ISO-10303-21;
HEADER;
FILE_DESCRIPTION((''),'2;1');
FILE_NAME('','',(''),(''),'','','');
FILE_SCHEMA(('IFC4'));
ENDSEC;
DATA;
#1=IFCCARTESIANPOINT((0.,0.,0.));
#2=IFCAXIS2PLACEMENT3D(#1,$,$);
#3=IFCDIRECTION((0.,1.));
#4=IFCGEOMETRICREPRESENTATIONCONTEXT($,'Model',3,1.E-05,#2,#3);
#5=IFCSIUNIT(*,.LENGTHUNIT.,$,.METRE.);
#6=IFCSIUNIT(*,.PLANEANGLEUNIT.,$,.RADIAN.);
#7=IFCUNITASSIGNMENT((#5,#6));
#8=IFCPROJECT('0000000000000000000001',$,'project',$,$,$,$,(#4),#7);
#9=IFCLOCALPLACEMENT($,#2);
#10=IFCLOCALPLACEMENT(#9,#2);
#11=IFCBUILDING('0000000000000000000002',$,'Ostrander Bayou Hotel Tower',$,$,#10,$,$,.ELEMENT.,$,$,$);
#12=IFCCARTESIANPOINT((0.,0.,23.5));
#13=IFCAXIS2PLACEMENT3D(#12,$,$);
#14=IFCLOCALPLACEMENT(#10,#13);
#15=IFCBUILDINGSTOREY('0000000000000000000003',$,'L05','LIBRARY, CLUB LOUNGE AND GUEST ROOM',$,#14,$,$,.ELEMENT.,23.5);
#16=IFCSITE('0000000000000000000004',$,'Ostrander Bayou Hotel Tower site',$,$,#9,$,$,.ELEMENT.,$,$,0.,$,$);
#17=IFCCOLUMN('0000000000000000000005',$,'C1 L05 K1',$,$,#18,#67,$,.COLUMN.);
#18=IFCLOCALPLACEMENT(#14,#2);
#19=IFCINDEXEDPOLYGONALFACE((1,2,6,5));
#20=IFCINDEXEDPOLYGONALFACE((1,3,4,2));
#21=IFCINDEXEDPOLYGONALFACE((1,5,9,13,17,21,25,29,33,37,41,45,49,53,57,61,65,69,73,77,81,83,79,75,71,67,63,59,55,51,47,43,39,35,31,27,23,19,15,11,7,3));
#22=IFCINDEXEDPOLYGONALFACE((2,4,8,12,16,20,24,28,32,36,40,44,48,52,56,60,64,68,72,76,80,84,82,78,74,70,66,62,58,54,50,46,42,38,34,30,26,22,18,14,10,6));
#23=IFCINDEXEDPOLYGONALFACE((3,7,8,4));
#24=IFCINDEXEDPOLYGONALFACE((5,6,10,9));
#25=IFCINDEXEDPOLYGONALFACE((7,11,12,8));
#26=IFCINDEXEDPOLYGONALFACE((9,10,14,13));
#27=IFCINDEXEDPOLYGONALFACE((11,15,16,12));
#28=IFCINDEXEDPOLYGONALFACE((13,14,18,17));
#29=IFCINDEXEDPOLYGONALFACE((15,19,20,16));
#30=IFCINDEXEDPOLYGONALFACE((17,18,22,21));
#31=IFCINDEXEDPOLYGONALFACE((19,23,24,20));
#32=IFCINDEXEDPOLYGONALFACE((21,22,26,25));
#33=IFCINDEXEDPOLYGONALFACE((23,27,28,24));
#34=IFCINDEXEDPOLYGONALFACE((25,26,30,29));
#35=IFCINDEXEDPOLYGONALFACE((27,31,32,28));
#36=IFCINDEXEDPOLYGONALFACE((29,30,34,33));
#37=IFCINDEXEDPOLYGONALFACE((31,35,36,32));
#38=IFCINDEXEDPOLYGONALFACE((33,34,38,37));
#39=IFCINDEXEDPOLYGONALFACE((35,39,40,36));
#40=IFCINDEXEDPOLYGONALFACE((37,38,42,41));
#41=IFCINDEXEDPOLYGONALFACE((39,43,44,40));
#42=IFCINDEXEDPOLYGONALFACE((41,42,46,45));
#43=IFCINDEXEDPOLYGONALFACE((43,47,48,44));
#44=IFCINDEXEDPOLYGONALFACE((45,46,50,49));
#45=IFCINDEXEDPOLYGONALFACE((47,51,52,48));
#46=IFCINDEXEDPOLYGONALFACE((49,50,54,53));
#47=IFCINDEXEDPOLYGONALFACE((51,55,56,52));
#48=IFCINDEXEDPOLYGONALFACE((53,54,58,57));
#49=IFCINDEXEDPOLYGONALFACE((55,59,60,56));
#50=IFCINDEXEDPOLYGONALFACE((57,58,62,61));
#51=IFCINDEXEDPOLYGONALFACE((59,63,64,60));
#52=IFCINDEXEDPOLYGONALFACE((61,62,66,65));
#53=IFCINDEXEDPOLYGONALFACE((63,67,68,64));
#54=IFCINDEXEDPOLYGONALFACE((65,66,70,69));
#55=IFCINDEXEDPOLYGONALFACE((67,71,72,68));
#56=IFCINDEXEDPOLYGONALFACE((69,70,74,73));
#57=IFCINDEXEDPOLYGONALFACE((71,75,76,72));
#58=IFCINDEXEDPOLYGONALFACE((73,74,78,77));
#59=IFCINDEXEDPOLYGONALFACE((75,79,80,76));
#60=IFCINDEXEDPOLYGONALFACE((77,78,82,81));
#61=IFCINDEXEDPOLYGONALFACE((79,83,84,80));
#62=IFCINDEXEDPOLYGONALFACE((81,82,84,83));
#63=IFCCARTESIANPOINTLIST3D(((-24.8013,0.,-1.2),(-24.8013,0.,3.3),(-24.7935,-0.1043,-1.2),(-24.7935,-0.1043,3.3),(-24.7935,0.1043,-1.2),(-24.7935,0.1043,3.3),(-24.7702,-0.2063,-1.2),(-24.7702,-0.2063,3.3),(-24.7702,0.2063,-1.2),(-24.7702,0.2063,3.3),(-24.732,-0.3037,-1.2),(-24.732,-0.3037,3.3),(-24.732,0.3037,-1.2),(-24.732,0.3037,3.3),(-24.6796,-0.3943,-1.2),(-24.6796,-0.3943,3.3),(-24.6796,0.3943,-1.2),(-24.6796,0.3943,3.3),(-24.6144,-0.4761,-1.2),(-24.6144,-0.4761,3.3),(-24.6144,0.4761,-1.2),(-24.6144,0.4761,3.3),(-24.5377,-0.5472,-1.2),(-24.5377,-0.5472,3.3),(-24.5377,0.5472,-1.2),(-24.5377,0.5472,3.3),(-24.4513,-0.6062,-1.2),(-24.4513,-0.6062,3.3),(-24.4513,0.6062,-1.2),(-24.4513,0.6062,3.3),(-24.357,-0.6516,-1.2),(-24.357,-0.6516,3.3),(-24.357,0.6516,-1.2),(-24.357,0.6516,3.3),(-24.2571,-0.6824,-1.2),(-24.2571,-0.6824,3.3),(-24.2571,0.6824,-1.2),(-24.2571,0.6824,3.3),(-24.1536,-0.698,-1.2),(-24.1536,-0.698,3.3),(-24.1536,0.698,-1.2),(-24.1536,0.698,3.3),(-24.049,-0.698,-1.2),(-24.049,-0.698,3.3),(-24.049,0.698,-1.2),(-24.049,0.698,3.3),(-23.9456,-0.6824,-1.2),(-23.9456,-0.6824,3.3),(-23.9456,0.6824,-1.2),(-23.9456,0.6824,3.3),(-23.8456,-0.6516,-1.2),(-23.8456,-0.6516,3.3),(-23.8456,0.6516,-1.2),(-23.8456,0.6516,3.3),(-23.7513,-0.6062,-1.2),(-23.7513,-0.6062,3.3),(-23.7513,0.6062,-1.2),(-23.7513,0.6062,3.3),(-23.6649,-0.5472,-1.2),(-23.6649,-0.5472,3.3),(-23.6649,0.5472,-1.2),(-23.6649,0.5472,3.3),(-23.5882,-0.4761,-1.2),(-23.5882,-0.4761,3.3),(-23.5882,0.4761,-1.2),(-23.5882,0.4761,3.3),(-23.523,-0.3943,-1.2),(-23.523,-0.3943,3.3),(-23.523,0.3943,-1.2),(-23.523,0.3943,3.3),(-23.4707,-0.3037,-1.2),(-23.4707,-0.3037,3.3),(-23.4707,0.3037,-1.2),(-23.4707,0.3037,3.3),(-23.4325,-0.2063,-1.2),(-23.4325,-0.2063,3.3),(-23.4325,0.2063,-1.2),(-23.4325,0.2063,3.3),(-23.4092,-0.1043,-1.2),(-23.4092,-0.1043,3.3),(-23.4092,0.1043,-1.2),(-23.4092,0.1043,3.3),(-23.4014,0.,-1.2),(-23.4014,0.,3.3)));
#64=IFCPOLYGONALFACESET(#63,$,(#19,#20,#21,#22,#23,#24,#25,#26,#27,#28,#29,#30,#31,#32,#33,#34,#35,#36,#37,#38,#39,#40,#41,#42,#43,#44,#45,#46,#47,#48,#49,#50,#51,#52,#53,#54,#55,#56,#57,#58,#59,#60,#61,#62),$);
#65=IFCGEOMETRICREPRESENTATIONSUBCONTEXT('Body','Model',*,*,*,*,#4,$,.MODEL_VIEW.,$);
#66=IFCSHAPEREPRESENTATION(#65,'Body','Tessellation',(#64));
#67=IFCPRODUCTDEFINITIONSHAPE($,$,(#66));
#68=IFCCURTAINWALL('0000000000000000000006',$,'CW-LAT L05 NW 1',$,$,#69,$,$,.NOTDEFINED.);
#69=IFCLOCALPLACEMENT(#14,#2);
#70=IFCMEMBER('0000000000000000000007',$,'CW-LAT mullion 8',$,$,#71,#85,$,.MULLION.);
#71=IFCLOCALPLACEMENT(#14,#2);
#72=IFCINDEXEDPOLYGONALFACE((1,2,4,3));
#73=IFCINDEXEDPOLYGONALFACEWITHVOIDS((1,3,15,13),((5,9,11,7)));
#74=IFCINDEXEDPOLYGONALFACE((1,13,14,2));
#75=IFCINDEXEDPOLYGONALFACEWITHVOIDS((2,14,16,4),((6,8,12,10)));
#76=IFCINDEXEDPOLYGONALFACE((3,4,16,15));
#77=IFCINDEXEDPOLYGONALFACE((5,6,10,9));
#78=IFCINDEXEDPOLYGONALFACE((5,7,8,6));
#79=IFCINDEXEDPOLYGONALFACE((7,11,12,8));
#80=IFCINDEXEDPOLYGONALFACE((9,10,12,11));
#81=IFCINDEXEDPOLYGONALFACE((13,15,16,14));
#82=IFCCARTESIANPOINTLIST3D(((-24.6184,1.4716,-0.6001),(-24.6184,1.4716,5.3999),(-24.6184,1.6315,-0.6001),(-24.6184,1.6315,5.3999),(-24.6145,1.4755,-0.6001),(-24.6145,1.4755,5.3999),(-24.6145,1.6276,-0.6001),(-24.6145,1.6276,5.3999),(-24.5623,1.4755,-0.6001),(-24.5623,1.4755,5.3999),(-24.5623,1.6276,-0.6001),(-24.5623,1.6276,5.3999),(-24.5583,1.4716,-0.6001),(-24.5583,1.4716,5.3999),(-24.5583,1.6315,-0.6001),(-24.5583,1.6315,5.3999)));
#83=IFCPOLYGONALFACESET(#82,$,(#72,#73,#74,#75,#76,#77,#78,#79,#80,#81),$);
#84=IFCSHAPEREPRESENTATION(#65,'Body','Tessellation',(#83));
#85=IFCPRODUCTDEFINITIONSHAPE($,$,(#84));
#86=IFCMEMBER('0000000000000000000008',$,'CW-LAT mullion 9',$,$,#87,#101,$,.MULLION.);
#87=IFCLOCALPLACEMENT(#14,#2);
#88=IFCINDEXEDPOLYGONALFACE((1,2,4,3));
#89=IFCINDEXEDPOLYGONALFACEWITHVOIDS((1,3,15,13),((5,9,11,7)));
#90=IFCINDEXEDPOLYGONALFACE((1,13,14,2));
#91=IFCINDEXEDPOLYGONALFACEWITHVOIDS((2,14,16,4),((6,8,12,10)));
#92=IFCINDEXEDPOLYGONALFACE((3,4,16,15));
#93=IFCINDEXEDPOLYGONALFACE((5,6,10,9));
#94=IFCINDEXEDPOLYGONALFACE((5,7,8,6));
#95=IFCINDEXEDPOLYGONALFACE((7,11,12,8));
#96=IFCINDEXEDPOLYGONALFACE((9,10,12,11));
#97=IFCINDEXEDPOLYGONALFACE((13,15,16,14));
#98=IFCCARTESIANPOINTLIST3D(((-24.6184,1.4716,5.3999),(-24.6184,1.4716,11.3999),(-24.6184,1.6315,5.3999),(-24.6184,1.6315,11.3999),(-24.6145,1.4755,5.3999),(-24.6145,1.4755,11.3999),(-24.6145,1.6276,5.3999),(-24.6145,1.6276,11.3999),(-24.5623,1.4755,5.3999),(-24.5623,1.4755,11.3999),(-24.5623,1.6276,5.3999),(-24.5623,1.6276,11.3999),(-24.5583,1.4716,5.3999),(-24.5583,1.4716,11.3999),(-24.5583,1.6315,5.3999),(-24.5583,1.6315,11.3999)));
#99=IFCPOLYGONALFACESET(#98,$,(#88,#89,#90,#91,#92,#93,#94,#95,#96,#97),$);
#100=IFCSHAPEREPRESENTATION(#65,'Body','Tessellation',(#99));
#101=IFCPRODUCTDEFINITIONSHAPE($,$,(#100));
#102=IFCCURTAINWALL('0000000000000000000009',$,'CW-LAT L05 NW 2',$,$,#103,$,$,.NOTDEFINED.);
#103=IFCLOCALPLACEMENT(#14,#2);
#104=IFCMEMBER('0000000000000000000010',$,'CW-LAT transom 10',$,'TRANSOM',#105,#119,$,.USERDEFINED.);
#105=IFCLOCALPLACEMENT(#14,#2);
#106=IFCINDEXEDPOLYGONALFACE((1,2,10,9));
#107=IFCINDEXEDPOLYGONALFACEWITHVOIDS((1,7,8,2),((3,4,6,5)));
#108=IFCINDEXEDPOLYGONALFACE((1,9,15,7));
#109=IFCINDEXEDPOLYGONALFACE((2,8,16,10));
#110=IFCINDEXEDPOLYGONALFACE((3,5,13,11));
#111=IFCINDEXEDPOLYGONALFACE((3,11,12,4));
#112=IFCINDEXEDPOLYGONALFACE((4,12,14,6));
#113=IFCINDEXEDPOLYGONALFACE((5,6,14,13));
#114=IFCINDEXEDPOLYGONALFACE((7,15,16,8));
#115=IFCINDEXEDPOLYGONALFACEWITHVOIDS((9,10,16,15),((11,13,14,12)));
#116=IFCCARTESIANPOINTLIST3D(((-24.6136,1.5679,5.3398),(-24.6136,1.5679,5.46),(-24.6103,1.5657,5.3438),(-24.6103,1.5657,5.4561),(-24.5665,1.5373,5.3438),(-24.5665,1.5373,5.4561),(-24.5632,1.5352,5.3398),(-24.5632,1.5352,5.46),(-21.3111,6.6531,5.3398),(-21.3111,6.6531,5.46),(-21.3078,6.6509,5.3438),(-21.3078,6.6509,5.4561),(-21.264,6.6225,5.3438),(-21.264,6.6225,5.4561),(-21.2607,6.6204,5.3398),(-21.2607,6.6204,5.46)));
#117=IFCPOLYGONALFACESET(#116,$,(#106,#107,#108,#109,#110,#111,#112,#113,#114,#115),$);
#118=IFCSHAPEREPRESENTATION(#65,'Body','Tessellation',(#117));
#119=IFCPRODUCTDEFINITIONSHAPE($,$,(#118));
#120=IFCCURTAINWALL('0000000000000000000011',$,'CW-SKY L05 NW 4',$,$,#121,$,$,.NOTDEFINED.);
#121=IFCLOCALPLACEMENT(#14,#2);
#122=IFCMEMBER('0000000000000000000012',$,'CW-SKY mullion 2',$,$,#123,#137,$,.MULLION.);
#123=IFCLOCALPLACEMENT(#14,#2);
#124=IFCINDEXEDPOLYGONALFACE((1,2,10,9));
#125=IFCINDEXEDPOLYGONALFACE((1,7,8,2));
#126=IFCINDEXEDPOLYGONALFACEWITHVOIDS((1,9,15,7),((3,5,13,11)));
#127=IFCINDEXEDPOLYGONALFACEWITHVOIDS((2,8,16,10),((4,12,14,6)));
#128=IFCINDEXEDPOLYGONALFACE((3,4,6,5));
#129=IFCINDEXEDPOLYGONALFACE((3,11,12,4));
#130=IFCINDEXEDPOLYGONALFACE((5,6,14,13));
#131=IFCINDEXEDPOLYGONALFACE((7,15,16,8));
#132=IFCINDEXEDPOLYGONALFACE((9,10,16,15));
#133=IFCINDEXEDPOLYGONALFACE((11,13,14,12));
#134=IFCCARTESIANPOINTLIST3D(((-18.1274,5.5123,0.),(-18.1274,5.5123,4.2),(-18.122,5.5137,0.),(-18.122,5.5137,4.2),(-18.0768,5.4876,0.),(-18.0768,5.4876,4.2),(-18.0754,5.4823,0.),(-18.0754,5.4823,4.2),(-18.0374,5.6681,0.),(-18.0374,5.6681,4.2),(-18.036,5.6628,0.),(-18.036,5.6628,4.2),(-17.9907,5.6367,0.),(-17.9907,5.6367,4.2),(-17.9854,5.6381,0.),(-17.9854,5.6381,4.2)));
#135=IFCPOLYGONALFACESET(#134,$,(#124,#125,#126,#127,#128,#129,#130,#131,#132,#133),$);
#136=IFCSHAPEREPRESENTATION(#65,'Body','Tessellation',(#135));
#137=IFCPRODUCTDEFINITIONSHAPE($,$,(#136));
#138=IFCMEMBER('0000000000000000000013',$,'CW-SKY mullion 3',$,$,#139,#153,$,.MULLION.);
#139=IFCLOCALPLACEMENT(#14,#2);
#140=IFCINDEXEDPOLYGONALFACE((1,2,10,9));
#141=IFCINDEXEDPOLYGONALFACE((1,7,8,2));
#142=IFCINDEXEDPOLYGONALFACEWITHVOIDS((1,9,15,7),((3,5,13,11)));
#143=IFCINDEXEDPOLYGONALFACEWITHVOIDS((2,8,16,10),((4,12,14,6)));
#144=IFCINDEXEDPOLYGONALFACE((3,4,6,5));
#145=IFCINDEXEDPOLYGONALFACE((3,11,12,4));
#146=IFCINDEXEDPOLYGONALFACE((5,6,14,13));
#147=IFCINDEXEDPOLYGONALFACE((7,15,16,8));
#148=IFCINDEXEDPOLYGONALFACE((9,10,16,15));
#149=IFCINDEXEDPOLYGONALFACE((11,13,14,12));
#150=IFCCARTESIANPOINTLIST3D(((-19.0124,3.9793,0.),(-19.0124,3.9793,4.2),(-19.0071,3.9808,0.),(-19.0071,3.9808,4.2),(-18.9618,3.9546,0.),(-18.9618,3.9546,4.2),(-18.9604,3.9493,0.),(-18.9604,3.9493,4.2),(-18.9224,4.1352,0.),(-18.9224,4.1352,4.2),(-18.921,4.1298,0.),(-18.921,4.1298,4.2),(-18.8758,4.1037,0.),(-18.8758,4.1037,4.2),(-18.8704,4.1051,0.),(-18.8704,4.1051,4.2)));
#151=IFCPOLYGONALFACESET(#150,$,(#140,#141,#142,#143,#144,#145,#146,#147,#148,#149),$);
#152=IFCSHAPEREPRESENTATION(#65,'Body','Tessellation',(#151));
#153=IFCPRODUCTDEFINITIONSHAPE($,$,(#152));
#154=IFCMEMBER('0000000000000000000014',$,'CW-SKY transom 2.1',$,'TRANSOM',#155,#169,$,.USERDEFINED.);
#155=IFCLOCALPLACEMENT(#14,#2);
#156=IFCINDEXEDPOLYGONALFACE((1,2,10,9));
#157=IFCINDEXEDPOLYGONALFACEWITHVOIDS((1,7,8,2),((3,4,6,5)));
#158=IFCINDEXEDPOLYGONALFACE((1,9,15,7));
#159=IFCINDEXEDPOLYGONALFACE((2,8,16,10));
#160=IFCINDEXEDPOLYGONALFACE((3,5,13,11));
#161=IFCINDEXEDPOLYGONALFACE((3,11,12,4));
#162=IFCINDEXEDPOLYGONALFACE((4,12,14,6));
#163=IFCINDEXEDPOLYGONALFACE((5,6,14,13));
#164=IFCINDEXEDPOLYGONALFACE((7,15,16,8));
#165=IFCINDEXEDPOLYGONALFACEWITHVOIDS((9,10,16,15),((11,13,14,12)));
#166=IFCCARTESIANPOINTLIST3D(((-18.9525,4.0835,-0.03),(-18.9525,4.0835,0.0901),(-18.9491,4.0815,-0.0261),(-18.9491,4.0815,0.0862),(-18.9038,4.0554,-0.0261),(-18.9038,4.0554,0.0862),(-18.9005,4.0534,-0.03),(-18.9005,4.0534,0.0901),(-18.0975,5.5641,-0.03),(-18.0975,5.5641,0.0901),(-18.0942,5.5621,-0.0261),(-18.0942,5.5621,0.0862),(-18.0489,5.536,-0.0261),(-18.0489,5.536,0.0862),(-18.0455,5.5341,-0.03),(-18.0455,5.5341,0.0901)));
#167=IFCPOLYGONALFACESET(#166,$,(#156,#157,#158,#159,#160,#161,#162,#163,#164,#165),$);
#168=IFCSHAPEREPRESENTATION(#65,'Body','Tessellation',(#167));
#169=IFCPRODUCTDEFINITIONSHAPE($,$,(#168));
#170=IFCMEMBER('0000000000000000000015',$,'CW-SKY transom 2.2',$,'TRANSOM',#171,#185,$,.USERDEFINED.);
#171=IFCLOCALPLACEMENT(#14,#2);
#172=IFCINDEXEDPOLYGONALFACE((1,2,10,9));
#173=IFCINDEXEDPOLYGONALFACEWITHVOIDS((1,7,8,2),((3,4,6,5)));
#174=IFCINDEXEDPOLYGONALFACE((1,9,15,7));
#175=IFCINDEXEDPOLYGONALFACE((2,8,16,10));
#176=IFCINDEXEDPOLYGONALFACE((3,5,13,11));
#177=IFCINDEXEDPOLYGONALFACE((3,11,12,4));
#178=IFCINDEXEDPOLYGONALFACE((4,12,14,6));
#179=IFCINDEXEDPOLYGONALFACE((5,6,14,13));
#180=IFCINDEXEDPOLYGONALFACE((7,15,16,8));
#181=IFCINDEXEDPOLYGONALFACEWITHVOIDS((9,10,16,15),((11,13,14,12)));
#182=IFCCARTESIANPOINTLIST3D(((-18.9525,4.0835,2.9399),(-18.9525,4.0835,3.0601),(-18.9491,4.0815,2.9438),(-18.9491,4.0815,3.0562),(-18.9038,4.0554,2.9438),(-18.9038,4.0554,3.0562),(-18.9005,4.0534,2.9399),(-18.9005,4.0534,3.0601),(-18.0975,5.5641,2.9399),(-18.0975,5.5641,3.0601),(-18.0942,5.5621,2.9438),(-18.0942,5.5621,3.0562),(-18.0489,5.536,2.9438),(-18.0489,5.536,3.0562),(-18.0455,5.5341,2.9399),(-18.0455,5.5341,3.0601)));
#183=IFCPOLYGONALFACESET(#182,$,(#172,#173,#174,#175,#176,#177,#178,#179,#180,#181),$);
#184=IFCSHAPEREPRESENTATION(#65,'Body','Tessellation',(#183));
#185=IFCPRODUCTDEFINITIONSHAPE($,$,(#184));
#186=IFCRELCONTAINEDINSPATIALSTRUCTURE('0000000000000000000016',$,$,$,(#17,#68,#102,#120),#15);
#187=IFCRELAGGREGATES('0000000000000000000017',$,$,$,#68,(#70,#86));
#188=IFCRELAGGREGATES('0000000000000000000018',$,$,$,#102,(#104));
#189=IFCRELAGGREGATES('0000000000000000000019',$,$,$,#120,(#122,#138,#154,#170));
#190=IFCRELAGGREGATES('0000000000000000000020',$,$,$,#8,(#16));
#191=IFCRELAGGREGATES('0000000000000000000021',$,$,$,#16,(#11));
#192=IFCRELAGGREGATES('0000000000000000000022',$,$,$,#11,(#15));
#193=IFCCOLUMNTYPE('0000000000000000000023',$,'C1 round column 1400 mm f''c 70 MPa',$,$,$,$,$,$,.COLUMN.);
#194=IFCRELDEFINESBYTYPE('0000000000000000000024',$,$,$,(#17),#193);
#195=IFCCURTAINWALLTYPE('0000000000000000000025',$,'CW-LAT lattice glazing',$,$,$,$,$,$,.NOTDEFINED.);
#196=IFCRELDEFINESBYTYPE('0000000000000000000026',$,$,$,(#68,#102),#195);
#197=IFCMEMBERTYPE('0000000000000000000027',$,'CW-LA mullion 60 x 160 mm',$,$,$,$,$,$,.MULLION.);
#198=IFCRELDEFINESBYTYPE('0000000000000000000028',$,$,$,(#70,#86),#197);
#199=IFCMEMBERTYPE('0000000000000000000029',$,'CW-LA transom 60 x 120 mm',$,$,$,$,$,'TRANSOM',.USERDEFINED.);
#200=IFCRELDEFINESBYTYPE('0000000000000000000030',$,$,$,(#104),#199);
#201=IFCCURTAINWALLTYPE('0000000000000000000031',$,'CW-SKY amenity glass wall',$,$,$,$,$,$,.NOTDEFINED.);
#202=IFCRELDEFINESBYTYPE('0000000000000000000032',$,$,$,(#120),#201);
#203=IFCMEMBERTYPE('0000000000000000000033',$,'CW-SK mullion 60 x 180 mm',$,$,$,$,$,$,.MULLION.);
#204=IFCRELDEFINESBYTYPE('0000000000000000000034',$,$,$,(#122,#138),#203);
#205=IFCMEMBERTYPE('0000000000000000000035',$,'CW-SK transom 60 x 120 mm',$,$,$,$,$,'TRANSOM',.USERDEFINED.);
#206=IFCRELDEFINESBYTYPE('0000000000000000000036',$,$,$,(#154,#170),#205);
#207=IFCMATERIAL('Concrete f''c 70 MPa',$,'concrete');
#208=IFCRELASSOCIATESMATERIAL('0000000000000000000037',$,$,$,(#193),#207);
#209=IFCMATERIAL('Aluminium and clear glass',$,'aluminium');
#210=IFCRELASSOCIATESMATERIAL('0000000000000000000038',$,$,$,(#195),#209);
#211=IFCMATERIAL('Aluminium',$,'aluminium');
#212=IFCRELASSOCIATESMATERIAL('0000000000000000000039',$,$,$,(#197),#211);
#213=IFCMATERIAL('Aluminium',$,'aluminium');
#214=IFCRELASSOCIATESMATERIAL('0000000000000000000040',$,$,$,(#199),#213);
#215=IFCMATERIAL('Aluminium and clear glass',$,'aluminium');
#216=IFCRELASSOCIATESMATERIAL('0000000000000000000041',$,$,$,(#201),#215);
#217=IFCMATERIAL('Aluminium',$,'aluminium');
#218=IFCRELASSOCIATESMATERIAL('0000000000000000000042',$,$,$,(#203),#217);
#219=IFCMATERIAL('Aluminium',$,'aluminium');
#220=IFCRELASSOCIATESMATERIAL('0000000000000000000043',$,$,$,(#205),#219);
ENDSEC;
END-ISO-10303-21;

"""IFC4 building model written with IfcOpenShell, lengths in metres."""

from ifc_helpers import new_model, si_unit, direction, frame, origin, origin_2d, place, context, subcontext, project, spatial, hollow_rectangle, circle, extrude, material, material_profile, profile_set, type_object, element, aggregate, save


model = new_model("IFC4")

# Units and contexts
model_context = context("Model", 3, precision=1e-05, world=origin(), true_north=direction((0.0, 1.0)))
body_context = subcontext(model_context, "Body", "Model", "MODEL_VIEW")
ifc_project = project(units=[si_unit("LENGTHUNIT", "METRE"), si_unit("PLANEANGLEUNIT", "RADIAN")], contexts=[model_context])

# Site, building, storey
site_placement = place(None, origin())
site = spatial("IfcSite", under=ifc_project, at=site_placement, Name="Ostrander Bayou Hotel Tower site", CompositionType="ELEMENT", RefElevation=0.0)
building_placement = place(site_placement, origin())
building = spatial("IfcBuilding", under=site, at=building_placement, Name="Ostrander Bayou Hotel Tower", CompositionType="ELEMENT")
storey_placement = place(building_placement, frame((0.0, 0.0, 23.5)))
storey = spatial("IfcBuildingStorey", under=building, at=storey_placement, Name="L05", Description="LIBRARY, CLUB LOUNGE AND GUEST ROOM", CompositionType="ELEMENT", Elevation=23.5)

# Column
ifc_material_1 = material(Name="Concrete f'c 70 MPa", Category="concrete")
ifc_material_profile_1 = material_profile(ifc_material_1, circle(Radius=0.7, at=origin_2d()))
ifc_profile_set_1 = profile_set([ifc_material_profile_1], Name="Concrete f'c 70 MPa")
column_type = type_object("IfcColumnType", Name="C1 round column 1400 mm f'c 70 MPa", PredefinedType="COLUMN", material=ifc_profile_set_1)
column_placement = place(storey_placement, frame((-24.1013, 0.0, -1.2), z_axis=(0.0, 0.0, 1.0), x_axis=(1.0, 0.0, 0.0)))
element("IfcColumn", 1, at=column_placement, inside=storey, type_object=column_type, Name="C1 L05 K1", PredefinedType="COLUMN", context=body_context, shape_type="SweptSolid", body=[
    extrude(circle(Radius=0.7, at=origin_2d()), origin(), (0.0, 0.0, 1.0), 4.5),
])

# Curtain wall, members
ifc_material_2 = material(Name="Aluminium and clear glass", Category="aluminium")
curtain_wall_type_1 = type_object("IfcCurtainWallType", Name="CW-LAT lattice glazing", PredefinedType="NOTDEFINED", material=ifc_material_2)
curtain_wall_1_placement = place(storey_placement, origin())
curtain_wall_1 = element("IfcCurtainWall", 2, at=curtain_wall_1_placement, inside=storey, type_object=curtain_wall_type_1, Name="CW-LAT L05 NW 1", PredefinedType="NOTDEFINED")
ifc_material_3 = material(Name="Aluminium", Category="aluminium")
ifc_material_profile_2 = material_profile(ifc_material_3, hollow_rectangle(XDim=0.0601, YDim=0.1599, WallThickness=0.0039, at=origin_2d()))
ifc_profile_set_2 = profile_set([ifc_material_profile_2], Name="Aluminium")
member_type_1 = type_object("IfcMemberType", Name="CW-LA mullion 60 x 160 mm", PredefinedType="MULLION", material=ifc_profile_set_2)
member_1_placement = place(storey_placement, frame((-24.5884, 1.5515, -0.6001), z_axis=(0.0, 0.0, 1.0), x_axis=(1.0, 0.0, 0.0)))
member_1 = element("IfcMember", 3, at=member_1_placement, type_object=member_type_1, Name="CW-LAT mullion 8", PredefinedType="MULLION", context=body_context, shape_type="SweptSolid", body=[
    extrude(hollow_rectangle(XDim=0.0601, YDim=0.1599, WallThickness=0.0039, at=origin_2d()), origin(), (0.0, 0.0, 1.0), 6.0),
])
member_2_placement = place(storey_placement, frame((-24.5884, 1.5515, 5.3999), z_axis=(0.0, 0.0, 1.0), x_axis=(1.0, 0.0, 0.0)))
member_2 = element("IfcMember", 4, at=member_2_placement, type_object=member_type_1, Name="CW-LAT mullion 9", PredefinedType="MULLION", context=body_context, shape_type="SweptSolid", body=[
    extrude(hollow_rectangle(XDim=0.0601, YDim=0.1599, WallThickness=0.0039, at=origin_2d()), origin(), (0.0, 0.0, 1.0), 6.0),
])

# Curtain wall, member
curtain_wall_2_placement = place(storey_placement, origin())
curtain_wall_2 = element("IfcCurtainWall", 5, at=curtain_wall_2_placement, inside=storey, type_object=curtain_wall_type_1, Name="CW-LAT L05 NW 2", PredefinedType="NOTDEFINED")
ifc_material_4 = material(Name="Aluminium", Category="aluminium")
ifc_material_profile_3 = material_profile(ifc_material_4, hollow_rectangle(XDim=0.0601, YDim=0.1201, WallThickness=0.0039, at=origin_2d()))
ifc_profile_set_3 = profile_set([ifc_material_profile_3], Name="Aluminium")
member_type_2 = type_object("IfcMemberType", Name="CW-LA transom 60 x 120 mm", ElementType="TRANSOM", PredefinedType="USERDEFINED", material=ifc_profile_set_3)
member_3_placement = place(storey_placement, frame((-24.5884, 1.5515, 5.3999), z_axis=(0.544653, 0.838662, 0.0), x_axis=(-0.838662, 0.544653, 0.0)))
member_3 = element("IfcMember", 6, at=member_3_placement, type_object=member_type_2, Name="CW-LAT transom 10", ObjectType="TRANSOM", PredefinedType="USERDEFINED", context=body_context, shape_type="SweptSolid", body=[
    extrude(hollow_rectangle(XDim=0.0601, YDim=0.1201, WallThickness=0.0039, at=origin_2d()), origin(), (0.0, 0.0, 1.0), 6.0635),
])

# Curtain wall, members
ifc_material_5 = material(Name="Aluminium and clear glass", Category="aluminium")
curtain_wall_type_2 = type_object("IfcCurtainWallType", Name="CW-SKY amenity glass wall", PredefinedType="NOTDEFINED", material=ifc_material_5)
curtain_wall_3_placement = place(storey_placement, origin())
curtain_wall_3 = element("IfcCurtainWall", 7, at=curtain_wall_3_placement, inside=storey, type_object=curtain_wall_type_2, Name="CW-SKY L05 NW 4", PredefinedType="NOTDEFINED")
ifc_material_6 = material(Name="Aluminium", Category="aluminium")
ifc_material_profile_4 = material_profile(ifc_material_6, hollow_rectangle(XDim=0.0601, YDim=0.1799, WallThickness=0.0039, at=origin_2d()))
ifc_profile_set_4 = profile_set([ifc_material_profile_4], Name="Aluminium")
member_type_3 = type_object("IfcMemberType", Name="CW-SK mullion 60 x 180 mm", PredefinedType="MULLION", material=ifc_profile_set_4)
member_4_placement = place(storey_placement, frame((-18.0564, 5.5752, 0.0), z_axis=(0.0, 0.0, 1.0), x_axis=(0.866026, -0.499999, 0.0)))
member_4 = element("IfcMember", 8, at=member_4_placement, type_object=member_type_3, Name="CW-SKY mullion 2", PredefinedType="MULLION", context=body_context, shape_type="SweptSolid", body=[
    extrude(hollow_rectangle(XDim=0.0601, YDim=0.1799, WallThickness=0.0039, at=origin_2d()), origin(), (0.0, 0.0, 1.0), 4.2),
])
member_5_placement = place(storey_placement, frame((-18.9414, 4.0422, 0.0), z_axis=(0.0, 0.0, 1.0), x_axis=(0.866026, -0.499999, 0.0)))
member_5 = element("IfcMember", 9, at=member_5_placement, type_object=member_type_3, Name="CW-SKY mullion 3", PredefinedType="MULLION", context=body_context, shape_type="SweptSolid", body=[
    extrude(hollow_rectangle(XDim=0.0601, YDim=0.1799, WallThickness=0.0039, at=origin_2d()), origin(), (0.0, 0.0, 1.0), 4.2),
])
ifc_material_7 = material(Name="Aluminium", Category="aluminium")
ifc_material_profile_5 = material_profile(ifc_material_7, hollow_rectangle(XDim=0.0601, YDim=0.1201, WallThickness=0.0039, at=origin_2d()))
ifc_profile_set_5 = profile_set([ifc_material_profile_5], Name="Aluminium")
member_type_4 = type_object("IfcMemberType", Name="CW-SK transom 60 x 120 mm", ElementType="TRANSOM", PredefinedType="USERDEFINED", material=ifc_profile_set_5)
member_6_placement = place(storey_placement, frame((-18.0715, 5.5491, 0.03), z_axis=(-0.50004, -0.866002, 0.0), x_axis=(0.866002, -0.50004, 0.0)))
member_6 = element("IfcMember", 10, at=member_6_placement, type_object=member_type_4, Name="CW-SKY transom 2.1", ObjectType="TRANSOM", PredefinedType="USERDEFINED", context=body_context, shape_type="SweptSolid", body=[
    extrude(hollow_rectangle(XDim=0.0601, YDim=0.1201, WallThickness=0.0039, at=origin_2d()), origin(), (0.0, 0.0, 1.0), 1.7097),
])
member_7_placement = place(storey_placement, frame((-18.0715, 5.5491, 3.0), z_axis=(-0.50004, -0.866002, 0.0), x_axis=(0.866002, -0.50004, 0.0)))
member_7 = element("IfcMember", 11, at=member_7_placement, type_object=member_type_4, Name="CW-SKY transom 2.2", ObjectType="TRANSOM", PredefinedType="USERDEFINED", context=body_context, shape_type="SweptSolid", body=[
    extrude(hollow_rectangle(XDim=0.0601, YDim=0.1201, WallThickness=0.0039, at=origin_2d()), origin(), (0.0, 0.0, 1.0), 1.7097),
])

aggregate(curtain_wall_1, [member_1, member_2])
aggregate(curtain_wall_2, [member_3])
aggregate(curtain_wall_3, [member_4, member_5, member_6, member_7])

save(model, "model.ifc")
